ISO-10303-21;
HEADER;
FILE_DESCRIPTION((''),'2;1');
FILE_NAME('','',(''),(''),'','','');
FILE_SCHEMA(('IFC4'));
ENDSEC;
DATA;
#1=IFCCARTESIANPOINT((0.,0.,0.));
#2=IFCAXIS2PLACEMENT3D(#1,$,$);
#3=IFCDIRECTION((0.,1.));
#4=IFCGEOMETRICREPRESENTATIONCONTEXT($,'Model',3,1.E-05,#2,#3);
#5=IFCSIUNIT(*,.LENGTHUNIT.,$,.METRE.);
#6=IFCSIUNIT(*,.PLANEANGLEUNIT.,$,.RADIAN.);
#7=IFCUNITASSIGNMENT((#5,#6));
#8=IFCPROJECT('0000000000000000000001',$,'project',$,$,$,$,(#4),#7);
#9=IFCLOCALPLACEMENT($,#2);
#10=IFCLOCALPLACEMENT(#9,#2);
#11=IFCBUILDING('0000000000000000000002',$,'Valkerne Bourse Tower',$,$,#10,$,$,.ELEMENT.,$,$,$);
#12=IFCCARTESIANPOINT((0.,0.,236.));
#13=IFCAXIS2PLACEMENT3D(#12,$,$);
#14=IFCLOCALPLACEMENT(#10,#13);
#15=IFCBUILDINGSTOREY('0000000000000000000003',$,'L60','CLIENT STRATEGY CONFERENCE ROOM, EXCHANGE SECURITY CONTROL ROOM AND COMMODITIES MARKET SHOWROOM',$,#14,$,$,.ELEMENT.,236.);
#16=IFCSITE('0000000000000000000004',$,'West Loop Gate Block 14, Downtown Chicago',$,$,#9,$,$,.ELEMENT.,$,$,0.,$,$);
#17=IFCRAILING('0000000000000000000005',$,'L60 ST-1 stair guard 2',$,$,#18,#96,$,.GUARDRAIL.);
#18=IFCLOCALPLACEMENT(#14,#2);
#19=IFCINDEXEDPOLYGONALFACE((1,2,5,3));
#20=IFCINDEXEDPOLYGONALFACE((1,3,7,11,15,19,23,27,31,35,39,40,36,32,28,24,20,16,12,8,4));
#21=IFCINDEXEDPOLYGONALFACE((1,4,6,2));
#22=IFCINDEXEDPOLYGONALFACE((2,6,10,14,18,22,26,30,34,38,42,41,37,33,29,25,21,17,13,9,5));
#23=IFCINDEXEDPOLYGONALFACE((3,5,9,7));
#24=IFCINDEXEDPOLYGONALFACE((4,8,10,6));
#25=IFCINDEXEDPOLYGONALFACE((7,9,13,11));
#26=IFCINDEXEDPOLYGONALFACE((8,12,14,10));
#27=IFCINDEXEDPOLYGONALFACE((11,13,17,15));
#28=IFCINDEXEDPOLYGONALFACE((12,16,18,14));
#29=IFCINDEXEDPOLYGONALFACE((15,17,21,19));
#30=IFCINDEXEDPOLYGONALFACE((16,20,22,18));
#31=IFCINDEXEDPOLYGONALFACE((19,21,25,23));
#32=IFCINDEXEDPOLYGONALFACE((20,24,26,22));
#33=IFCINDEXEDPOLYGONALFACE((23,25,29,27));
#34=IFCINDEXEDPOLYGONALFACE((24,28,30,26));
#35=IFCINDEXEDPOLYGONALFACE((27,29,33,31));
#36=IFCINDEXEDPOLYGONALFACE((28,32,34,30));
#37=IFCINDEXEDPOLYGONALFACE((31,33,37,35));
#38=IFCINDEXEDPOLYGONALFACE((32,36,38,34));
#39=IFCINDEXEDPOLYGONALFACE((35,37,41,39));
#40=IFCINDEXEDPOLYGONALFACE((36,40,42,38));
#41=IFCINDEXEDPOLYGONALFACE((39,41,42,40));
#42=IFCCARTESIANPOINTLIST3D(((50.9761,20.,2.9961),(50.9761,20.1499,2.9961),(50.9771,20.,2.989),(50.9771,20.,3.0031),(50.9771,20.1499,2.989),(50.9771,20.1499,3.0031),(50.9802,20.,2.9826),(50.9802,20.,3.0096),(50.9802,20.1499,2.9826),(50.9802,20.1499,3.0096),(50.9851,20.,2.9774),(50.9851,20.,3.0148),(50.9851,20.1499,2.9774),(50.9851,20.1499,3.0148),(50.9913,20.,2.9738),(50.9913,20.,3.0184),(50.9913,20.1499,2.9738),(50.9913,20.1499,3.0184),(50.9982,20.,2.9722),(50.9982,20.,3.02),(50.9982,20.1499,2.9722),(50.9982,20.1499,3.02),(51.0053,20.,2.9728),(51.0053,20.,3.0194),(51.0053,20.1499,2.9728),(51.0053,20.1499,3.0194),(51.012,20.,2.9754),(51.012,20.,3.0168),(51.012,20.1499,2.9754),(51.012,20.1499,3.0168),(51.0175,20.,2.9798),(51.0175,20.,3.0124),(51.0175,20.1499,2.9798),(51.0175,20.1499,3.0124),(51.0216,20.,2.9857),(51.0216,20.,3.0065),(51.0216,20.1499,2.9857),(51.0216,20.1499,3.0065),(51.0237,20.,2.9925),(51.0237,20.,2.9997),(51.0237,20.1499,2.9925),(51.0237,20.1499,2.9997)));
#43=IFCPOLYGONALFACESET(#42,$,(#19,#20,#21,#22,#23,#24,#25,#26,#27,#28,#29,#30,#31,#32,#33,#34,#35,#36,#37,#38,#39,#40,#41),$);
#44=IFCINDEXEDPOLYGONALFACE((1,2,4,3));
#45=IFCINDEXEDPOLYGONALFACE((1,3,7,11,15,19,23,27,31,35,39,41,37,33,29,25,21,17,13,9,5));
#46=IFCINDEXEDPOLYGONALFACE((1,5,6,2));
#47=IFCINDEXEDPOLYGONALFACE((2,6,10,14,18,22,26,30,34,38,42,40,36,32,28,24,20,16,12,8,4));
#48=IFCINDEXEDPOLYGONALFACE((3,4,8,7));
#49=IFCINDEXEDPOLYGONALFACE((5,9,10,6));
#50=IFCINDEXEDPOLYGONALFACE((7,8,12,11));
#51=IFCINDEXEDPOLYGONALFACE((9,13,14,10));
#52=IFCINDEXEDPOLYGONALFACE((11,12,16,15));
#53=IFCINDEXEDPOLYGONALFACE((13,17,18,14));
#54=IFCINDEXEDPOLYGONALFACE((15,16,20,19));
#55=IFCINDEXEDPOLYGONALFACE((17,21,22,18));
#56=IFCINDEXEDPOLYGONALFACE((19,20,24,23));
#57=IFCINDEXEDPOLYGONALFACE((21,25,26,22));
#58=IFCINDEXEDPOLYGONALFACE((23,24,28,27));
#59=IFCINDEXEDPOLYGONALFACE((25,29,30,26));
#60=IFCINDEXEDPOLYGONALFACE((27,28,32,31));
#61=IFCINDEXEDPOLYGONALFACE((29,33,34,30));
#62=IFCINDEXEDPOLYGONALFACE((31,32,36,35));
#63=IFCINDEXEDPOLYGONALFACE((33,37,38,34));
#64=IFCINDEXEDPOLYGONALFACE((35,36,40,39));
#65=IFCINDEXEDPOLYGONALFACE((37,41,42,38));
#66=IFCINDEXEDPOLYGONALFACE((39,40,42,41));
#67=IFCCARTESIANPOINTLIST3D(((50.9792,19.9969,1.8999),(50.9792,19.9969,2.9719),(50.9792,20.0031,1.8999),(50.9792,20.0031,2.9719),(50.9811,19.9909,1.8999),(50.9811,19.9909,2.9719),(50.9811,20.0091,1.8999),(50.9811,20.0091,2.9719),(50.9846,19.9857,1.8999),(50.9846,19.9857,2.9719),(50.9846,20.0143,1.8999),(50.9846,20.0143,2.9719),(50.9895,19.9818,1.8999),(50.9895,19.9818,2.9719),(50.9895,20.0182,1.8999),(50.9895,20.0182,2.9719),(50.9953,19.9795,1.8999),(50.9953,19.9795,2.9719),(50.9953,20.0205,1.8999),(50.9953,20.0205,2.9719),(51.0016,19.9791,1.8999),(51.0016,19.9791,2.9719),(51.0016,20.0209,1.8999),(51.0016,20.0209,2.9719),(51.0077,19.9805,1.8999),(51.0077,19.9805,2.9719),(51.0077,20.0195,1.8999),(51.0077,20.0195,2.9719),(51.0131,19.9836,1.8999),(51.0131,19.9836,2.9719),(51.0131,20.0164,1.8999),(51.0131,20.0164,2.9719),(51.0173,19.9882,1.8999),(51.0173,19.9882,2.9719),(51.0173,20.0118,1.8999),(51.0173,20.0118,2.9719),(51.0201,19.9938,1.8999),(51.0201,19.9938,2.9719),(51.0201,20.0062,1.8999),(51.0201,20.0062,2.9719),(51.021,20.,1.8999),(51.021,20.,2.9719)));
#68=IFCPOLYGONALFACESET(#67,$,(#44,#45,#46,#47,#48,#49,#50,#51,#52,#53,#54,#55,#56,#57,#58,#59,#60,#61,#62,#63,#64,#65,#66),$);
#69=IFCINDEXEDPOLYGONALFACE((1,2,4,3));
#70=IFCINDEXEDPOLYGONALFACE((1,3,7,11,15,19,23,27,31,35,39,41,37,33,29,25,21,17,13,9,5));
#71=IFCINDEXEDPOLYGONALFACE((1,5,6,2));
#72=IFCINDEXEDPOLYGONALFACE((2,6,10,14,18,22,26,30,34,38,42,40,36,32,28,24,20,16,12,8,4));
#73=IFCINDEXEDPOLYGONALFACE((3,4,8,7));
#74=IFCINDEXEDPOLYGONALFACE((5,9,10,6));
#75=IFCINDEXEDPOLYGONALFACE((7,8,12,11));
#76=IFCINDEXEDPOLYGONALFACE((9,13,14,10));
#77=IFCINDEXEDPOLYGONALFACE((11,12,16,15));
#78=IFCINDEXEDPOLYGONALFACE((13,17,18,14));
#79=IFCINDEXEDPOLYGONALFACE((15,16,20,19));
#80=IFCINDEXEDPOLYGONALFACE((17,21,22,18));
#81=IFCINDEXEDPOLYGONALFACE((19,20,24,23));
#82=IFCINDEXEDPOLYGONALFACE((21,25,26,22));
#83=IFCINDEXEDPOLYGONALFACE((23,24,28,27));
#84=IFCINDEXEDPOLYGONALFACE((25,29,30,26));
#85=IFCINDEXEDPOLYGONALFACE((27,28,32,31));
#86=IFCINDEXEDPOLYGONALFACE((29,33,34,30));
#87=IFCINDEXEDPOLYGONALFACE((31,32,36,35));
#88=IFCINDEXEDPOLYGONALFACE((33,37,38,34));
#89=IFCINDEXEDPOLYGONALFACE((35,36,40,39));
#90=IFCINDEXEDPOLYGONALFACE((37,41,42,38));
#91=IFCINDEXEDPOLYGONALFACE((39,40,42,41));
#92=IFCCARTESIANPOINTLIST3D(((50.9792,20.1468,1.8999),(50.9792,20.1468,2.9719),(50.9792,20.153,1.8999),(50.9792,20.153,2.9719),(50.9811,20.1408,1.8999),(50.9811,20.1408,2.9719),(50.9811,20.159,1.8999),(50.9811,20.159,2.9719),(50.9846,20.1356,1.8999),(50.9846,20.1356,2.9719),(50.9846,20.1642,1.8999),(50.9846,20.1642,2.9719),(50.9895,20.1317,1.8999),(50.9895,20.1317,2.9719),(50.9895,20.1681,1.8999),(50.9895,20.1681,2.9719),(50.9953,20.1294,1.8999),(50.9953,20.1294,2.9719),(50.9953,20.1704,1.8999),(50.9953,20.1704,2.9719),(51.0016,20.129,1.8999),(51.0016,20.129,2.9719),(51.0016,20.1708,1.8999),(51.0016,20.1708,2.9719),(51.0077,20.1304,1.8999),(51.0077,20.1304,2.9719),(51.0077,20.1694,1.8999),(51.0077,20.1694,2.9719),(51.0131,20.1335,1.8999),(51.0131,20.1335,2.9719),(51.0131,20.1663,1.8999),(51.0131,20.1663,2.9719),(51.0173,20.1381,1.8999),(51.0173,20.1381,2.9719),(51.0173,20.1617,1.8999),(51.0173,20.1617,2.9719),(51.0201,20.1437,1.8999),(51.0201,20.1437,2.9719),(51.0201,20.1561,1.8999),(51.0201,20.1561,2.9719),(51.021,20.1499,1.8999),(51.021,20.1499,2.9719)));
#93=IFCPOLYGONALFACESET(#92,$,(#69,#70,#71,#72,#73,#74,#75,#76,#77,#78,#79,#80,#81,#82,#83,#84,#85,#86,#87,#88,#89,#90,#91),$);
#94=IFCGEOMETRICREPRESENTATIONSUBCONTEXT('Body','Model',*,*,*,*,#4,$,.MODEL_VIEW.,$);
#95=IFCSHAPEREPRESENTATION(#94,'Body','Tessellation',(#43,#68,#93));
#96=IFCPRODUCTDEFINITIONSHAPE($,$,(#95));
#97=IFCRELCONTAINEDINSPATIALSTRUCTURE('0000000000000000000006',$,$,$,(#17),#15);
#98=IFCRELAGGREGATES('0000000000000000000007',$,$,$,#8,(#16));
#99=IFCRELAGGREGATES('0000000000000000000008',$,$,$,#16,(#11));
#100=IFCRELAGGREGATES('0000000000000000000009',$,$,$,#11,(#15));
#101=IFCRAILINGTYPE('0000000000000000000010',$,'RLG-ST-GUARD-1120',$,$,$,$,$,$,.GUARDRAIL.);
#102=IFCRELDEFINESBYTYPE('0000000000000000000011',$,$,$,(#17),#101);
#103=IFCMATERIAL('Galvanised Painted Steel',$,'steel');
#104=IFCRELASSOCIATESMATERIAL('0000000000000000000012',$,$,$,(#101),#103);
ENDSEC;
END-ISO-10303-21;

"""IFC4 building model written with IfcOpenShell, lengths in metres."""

from ifc_helpers import new_model, si_unit, direction, frame, origin, origin_2d, place, context, subcontext, project, spatial, circle, extrude, material, type_object, element, save


model = new_model("IFC4")

# Units and contexts
model_context = context("Model", 3, precision=1e-05, world=origin(), true_north=direction((0.0, 1.0)))
body_context = subcontext(model_context, "Body", "Model", "MODEL_VIEW")
ifc_project = project(units=[si_unit("LENGTHUNIT", "METRE"), si_unit("PLANEANGLEUNIT", "RADIAN")], contexts=[model_context])

# Site, building, storey
site_placement = place(None, origin())
site = spatial("IfcSite", under=ifc_project, at=site_placement, Name="West Loop Gate Block 14, Downtown Chicago", CompositionType="ELEMENT", RefElevation=0.0)
building_placement = place(site_placement, origin())
building = spatial("IfcBuilding", under=site, at=building_placement, Name="Valkerne Bourse Tower", CompositionType="ELEMENT")
storey_placement = place(building_placement, frame((0.0, 0.0, 236.0)))
storey = spatial("IfcBuildingStorey", under=building, at=storey_placement, Name="L60", Description="CLIENT STRATEGY CONFERENCE ROOM, EXCHANGE SECURITY CONTROL ROOM AND COMMODITIES MARKET SHOWROOM", CompositionType="ELEMENT", Elevation=236.0)

# Shared definitions
ifc_material_1 = material(Name="Galvanised Painted Steel", Category="steel")

# Railing
railing_type_1 = type_object("IfcRailingType", Name="RLG-ST-GUARD-1120", PredefinedType="GUARDRAIL", material=ifc_material_1)
railing_1_placement = place(storey_placement, frame((51.0, 20.0, 1.8999)))
element("IfcRailing", 1, at=railing_1_placement, inside=storey, type_object=railing_type_1, Name="L60 ST-1 stair guard 2", PredefinedType="GUARDRAIL", context=body_context, shape_type="SweptSolid", body=[
    extrude(circle(Radius=0.0239, at=origin_2d()), frame((0.0, 0.0, 1.0962), z_axis=(0.0, 1.0, 0.0), x_axis=(-1.0, 0.0, 0.0)), (0.0, 0.0, 1.0), 0.1499),
    extrude(circle(Radius=0.021, at=origin_2d()), origin(), (0.0, 0.0, 1.0), 1.072),
    extrude(circle(Radius=0.021, at=origin_2d()), frame((0.0, 0.1499, 0.0)), (0.0, 0.0, 1.0), 1.072),
])

save(model, "model.ifc")
